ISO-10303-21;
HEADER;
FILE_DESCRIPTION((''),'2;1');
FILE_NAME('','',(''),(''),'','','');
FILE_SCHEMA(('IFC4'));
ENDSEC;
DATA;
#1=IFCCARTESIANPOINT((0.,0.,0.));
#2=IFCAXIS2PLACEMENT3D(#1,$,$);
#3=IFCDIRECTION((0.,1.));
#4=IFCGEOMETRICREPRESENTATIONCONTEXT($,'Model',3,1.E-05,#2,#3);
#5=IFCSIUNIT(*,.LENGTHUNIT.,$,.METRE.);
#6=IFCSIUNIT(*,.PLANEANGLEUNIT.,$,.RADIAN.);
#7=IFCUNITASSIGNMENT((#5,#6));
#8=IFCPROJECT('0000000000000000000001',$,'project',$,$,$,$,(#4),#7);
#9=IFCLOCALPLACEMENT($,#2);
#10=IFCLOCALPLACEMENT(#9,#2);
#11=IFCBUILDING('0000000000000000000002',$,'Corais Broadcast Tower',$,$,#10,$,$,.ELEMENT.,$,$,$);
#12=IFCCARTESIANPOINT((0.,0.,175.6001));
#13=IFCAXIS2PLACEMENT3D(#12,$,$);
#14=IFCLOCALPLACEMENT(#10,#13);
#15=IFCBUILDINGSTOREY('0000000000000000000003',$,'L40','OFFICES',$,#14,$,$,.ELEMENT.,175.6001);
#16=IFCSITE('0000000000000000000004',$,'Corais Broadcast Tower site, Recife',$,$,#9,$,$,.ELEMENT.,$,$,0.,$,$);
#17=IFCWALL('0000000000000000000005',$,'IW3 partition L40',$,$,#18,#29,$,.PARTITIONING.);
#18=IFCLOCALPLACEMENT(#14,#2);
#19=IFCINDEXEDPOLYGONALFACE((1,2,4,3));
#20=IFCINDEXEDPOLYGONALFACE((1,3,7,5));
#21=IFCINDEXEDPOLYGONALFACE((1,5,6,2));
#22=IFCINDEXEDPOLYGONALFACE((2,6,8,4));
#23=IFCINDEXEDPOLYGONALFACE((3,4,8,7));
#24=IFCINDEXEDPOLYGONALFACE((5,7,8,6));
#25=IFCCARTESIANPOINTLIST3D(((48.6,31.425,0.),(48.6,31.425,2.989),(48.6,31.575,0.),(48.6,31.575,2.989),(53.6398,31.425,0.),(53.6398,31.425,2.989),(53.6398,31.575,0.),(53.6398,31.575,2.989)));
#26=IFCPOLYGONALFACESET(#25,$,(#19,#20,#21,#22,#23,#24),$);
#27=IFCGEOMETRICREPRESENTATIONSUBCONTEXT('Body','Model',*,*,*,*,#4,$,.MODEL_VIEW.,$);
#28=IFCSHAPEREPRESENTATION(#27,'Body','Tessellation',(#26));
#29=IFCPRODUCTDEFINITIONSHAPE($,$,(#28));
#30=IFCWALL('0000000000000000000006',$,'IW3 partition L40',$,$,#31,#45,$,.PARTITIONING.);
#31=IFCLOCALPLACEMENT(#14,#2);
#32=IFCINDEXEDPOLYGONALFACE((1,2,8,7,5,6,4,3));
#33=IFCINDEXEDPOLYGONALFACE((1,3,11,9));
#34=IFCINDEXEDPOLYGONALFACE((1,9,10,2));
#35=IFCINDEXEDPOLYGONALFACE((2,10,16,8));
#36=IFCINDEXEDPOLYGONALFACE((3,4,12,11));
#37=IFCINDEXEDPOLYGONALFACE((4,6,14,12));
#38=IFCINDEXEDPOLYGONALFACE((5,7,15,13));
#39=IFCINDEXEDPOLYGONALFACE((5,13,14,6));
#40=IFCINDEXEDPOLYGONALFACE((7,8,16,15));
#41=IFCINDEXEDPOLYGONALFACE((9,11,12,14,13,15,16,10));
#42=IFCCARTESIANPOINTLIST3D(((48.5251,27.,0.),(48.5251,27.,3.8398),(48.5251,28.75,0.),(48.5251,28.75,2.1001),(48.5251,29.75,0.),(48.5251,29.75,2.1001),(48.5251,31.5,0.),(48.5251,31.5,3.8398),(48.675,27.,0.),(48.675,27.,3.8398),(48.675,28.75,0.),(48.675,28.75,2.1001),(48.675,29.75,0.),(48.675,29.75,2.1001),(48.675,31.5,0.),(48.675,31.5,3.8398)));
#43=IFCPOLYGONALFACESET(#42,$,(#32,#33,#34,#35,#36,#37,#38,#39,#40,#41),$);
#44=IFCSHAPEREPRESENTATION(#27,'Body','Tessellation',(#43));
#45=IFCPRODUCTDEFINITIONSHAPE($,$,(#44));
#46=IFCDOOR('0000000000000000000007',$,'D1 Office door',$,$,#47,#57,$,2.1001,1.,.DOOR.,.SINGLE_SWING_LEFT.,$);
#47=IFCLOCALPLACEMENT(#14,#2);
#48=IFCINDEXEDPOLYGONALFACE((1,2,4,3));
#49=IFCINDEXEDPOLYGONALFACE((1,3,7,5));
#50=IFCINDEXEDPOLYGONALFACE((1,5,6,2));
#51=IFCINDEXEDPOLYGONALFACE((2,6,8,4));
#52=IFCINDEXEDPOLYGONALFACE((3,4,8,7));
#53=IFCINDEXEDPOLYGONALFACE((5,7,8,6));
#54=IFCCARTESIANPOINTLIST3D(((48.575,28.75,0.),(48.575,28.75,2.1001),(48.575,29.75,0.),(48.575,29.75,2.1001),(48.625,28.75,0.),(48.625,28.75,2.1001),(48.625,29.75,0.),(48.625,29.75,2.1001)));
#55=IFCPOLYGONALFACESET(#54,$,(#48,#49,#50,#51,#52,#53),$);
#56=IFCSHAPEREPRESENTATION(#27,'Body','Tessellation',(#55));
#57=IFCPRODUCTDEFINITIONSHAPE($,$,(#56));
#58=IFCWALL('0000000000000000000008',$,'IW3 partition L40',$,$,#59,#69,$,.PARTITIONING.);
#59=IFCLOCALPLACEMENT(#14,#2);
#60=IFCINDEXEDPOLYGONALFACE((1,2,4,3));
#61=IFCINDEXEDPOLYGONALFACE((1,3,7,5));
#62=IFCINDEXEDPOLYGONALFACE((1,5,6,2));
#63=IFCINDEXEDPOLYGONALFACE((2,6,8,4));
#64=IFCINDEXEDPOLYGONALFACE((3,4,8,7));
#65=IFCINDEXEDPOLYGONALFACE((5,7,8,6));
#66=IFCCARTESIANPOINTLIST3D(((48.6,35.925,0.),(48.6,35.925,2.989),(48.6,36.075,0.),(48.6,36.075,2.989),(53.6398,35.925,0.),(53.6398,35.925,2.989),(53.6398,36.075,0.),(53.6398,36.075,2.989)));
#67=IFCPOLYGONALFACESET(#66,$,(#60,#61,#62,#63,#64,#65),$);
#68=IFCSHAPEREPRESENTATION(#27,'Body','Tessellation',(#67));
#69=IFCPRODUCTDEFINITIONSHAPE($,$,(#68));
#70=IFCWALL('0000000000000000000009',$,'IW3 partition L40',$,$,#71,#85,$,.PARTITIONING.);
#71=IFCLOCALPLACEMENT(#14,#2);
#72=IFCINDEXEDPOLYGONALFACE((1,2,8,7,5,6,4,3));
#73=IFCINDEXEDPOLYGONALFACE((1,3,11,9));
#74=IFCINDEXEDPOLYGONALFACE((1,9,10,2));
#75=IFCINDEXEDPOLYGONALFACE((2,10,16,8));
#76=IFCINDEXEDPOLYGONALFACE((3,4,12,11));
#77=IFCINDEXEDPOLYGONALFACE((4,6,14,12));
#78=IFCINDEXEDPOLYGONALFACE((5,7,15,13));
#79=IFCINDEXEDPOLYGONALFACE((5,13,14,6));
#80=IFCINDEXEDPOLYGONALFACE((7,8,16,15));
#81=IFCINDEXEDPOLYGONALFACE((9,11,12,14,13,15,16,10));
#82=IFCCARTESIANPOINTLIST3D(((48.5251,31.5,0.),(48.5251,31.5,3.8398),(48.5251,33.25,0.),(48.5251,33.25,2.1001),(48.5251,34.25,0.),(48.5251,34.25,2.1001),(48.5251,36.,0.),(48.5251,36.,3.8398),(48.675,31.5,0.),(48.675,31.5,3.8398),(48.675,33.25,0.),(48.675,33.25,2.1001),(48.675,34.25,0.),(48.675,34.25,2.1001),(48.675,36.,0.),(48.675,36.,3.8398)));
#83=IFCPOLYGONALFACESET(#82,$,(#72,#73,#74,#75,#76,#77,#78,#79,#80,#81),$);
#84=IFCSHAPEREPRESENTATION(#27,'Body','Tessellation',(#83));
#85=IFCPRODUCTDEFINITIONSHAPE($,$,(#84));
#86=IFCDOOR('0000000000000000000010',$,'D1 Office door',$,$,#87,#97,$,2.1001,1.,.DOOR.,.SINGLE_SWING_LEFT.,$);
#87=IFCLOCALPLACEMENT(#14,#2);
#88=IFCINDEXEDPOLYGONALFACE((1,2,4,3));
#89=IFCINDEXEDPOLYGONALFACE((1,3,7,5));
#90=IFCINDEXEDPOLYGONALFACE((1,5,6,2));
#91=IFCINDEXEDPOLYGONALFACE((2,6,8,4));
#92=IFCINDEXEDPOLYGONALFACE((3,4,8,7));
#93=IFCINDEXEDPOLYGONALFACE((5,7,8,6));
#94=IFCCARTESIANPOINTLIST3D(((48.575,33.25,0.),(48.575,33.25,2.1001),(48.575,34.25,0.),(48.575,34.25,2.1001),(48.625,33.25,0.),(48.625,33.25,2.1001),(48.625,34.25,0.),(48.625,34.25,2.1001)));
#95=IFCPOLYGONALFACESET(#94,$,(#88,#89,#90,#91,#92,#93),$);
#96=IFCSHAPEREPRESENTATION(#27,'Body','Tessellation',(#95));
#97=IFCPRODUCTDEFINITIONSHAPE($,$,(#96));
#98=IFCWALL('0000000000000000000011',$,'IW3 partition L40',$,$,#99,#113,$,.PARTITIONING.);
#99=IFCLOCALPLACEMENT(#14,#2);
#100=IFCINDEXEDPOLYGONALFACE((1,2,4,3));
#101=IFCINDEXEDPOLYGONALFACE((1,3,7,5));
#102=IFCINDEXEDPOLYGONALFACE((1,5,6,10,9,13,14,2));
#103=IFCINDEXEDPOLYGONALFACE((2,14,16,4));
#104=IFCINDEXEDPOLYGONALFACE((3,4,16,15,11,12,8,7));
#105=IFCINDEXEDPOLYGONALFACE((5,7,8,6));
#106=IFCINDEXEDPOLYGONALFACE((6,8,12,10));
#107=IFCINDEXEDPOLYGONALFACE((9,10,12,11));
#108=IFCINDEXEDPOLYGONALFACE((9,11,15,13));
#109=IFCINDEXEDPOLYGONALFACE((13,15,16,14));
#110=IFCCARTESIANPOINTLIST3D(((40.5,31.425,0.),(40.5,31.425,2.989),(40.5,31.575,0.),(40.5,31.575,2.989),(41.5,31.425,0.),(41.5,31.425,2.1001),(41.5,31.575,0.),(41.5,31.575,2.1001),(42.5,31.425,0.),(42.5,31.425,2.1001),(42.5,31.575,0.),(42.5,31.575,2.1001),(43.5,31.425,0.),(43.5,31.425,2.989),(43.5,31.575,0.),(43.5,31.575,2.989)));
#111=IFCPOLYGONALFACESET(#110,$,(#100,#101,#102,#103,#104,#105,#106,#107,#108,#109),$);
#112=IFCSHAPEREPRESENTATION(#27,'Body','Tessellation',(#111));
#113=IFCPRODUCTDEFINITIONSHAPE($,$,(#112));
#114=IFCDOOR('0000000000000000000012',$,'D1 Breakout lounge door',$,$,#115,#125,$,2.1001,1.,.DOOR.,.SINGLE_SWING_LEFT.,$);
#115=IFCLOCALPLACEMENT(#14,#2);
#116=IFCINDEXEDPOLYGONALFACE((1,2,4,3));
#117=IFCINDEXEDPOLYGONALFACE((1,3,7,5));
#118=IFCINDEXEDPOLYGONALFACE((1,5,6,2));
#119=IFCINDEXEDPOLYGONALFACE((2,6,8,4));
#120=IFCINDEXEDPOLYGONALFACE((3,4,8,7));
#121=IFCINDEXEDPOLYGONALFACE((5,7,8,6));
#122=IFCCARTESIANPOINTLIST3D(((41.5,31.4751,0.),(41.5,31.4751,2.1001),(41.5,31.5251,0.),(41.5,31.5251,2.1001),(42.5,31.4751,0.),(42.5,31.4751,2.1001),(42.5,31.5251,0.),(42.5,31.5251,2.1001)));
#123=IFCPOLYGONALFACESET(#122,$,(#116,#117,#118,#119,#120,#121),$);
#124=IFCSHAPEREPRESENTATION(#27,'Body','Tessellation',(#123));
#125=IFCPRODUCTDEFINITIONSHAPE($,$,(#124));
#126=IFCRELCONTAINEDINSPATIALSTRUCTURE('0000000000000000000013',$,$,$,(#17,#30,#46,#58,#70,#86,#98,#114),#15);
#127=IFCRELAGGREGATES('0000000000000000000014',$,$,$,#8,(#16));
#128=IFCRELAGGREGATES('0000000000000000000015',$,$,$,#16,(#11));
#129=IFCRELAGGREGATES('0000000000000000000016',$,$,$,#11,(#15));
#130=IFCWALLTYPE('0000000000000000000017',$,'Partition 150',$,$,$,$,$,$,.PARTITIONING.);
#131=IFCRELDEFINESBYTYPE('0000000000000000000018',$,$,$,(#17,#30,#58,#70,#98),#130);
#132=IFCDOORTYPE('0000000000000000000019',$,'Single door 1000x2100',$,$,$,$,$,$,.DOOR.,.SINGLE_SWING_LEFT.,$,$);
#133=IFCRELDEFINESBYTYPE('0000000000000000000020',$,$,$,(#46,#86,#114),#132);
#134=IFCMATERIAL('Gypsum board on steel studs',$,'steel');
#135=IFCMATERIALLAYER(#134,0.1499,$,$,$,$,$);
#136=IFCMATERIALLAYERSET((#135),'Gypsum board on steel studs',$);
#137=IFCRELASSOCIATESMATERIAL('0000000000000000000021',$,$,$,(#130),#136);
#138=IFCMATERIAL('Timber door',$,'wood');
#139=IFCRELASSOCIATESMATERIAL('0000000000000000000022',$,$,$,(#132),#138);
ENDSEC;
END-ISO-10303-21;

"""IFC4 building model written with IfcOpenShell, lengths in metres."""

from ifc_helpers import new_model, si_unit, direction, frame, frame_2d, origin, place, context, subcontext, project, spatial, rectangle, extrude, material, layer, layer_set, type_object, element, fill, save


model = new_model("IFC4")

# Units and contexts
model_context = context("Model", 3, precision=1e-05, world=origin(), true_north=direction((0.0, 1.0)))
body_context = subcontext(model_context, "Body", "Model", "MODEL_VIEW")
ifc_project = project(units=[si_unit("LENGTHUNIT", "METRE"), si_unit("PLANEANGLEUNIT", "RADIAN")], contexts=[model_context])

# Site, building, storey
site_placement = place(None, origin())
site = spatial("IfcSite", under=ifc_project, at=site_placement, Name="Corais Broadcast Tower site, Recife", CompositionType="ELEMENT", RefElevation=0.0)
building_placement = place(site_placement, origin())
building = spatial("IfcBuilding", under=site, at=building_placement, Name="Corais Broadcast Tower", CompositionType="ELEMENT")
storey_placement = place(building_placement, frame((0.0, 0.0, 175.6001)))
storey = spatial("IfcBuildingStorey", under=building, at=storey_placement, Name="L40", Description="OFFICES", CompositionType="ELEMENT", Elevation=175.6001)

# Shared definitions
ifc_material_1 = material(Name="Gypsum board on steel studs", Category="steel")
ifc_layer_1 = layer(ifc_material_1, 0.1499)
ifc_layer_set_1 = layer_set([ifc_layer_1], Name="Gypsum board on steel studs")
wall_type = type_object("IfcWallType", Name="Partition 150", PredefinedType="PARTITIONING", material=ifc_layer_set_1)

# Shared definitions
ifc_material_2 = material(Name="Timber door", Category="wood")
door_type = type_object("IfcDoorType", Name="Single door 1000x2100", OperationType="SINGLE_SWING_LEFT", PredefinedType="DOOR", material=ifc_material_2)

# Wall
wall_1_placement = place(storey_placement, frame((53.6399, 31.5, 0.0), z_axis=(0.0, 0.0, 1.0), x_axis=(-1.0, 0.0, 0.0)))
element("IfcWall", 1, at=wall_1_placement, inside=storey, type_object=wall_type, Name="IW3 partition L40", PredefinedType="PARTITIONING", context=body_context, shape_type="SweptSolid", body=[
    extrude(rectangle(XDim=5.0398, YDim=0.1499, at=frame_2d((2.52, 0.0))), origin(), (0.0, 0.0, 1.0), 2.989),
])

# Wall, opening, door
wall_2_placement = place(storey_placement, frame((48.6001, 31.5, 0.0), z_axis=(0.0, 0.0, 1.0), x_axis=(0.0, -1.0, 0.0)))
wall_2 = element("IfcWall", 2, at=wall_2_placement, inside=storey, type_object=wall_type, Name="IW3 partition L40", PredefinedType="PARTITIONING", context=body_context, shape_type="SweptSolid", body=[
    extrude(rectangle(XDim=4.5, YDim=0.1499, at=frame_2d((2.25, 0.0))), origin(), (0.0, 0.0, 1.0), 3.8398),
])
opening_1_placement = place(wall_2_placement, frame((1.75, 0.0, 0.0)))
opening_1 = element("IfcOpeningElement", 3, at=opening_1_placement, cuts=wall_2, PredefinedType="OPENING", context=body_context, shape_type="SweptSolid", body=[
    extrude(rectangle(XDim=1.0, YDim=2.1001, at=frame_2d((0.5, 1.05))), frame((0.0, 0.085, 0.0), z_axis=(0.0, -1.0, 0.0), x_axis=(1.0, 0.0, 0.0)), (0.0, 0.0, 1.0), 0.1699),
])
door_1_placement = place(opening_1_placement, origin())
door_1 = element("IfcDoor", 4, at=door_1_placement, inside=storey, type_object=door_type, Name="D1 Office door", OperationType="SINGLE_SWING_LEFT", OverallHeight=2.1001, OverallWidth=1.0, PredefinedType="DOOR", context=body_context, shape_type="SweptSolid", body=[
    extrude(rectangle(XDim=1.0, YDim=2.1001, at=frame_2d((0.5, 1.05))), frame((0.0, 0.0249, 0.0), z_axis=(0.0, -1.0, 0.0), x_axis=(1.0, 0.0, 0.0)), (0.0, 0.0, 1.0), 0.05),
])
fill(opening_1, door_1)

# Wall
wall_3_placement = place(storey_placement, frame((53.6399, 36.0, 0.0), z_axis=(0.0, 0.0, 1.0), x_axis=(-1.0, 0.0, 0.0)))
element("IfcWall", 5, at=wall_3_placement, inside=storey, type_object=wall_type, Name="IW3 partition L40", PredefinedType="PARTITIONING", context=body_context, shape_type="SweptSolid", body=[
    extrude(rectangle(XDim=5.0398, YDim=0.1499, at=frame_2d((2.52, 0.0))), origin(), (0.0, 0.0, 1.0), 2.989),
])

# Walls, openings, doors
wall_4_placement = place(storey_placement, frame((48.6001, 36.0, 0.0), z_axis=(0.0, 0.0, 1.0), x_axis=(0.0, -1.0, 0.0)))
wall_4 = element("IfcWall", 6, at=wall_4_placement, inside=storey, type_object=wall_type, Name="IW3 partition L40", PredefinedType="PARTITIONING", context=body_context, shape_type="SweptSolid", body=[
    extrude(rectangle(XDim=4.5, YDim=0.1499, at=frame_2d((2.25, 0.0))), origin(), (0.0, 0.0, 1.0), 3.8398),
])
opening_2_placement = place(wall_4_placement, frame((1.75, 0.0, 0.0)))
opening_2 = element("IfcOpeningElement", 7, at=opening_2_placement, cuts=wall_4, PredefinedType="OPENING", context=body_context, shape_type="SweptSolid", body=[
    extrude(rectangle(XDim=1.0, YDim=2.1001, at=frame_2d((0.5, 1.05))), frame((0.0, 0.085, 0.0), z_axis=(0.0, -1.0, 0.0), x_axis=(1.0, 0.0, 0.0)), (0.0, 0.0, 1.0), 0.1699),
])
door_2_placement = place(opening_2_placement, origin())
door_2 = element("IfcDoor", 8, at=door_2_placement, inside=storey, type_object=door_type, Name="D1 Office door", OperationType="SINGLE_SWING_LEFT", OverallHeight=2.1001, OverallWidth=1.0, PredefinedType="DOOR", context=body_context, shape_type="SweptSolid", body=[
    extrude(rectangle(XDim=1.0, YDim=2.1001, at=frame_2d((0.5, 1.05))), frame((0.0, 0.0249, 0.0), z_axis=(0.0, -1.0, 0.0), x_axis=(1.0, 0.0, 0.0)), (0.0, 0.0, 1.0), 0.05),
])
fill(opening_2, door_2)
wall_5_placement = place(storey_placement, frame((43.5, 31.5, 0.0), z_axis=(0.0, 0.0, 1.0), x_axis=(-1.0, 0.0, 0.0)))
wall_5 = element("IfcWall", 9, at=wall_5_placement, inside=storey, type_object=wall_type, Name="IW3 partition L40", PredefinedType="PARTITIONING", context=body_context, shape_type="SweptSolid", body=[
    extrude(rectangle(XDim=3.0, YDim=0.1499, at=frame_2d((1.5, 0.0))), origin(), (0.0, 0.0, 1.0), 2.989),
])
opening_3_placement = place(wall_5_placement, frame((1.0, 0.0, 0.0)))
opening_3 = element("IfcOpeningElement", 10, at=opening_3_placement, cuts=wall_5, PredefinedType="OPENING", context=body_context, shape_type="SweptSolid", body=[
    extrude(rectangle(XDim=1.0, YDim=2.1001, at=frame_2d((0.5, 1.05))), frame((0.0, 0.085, 0.0), z_axis=(0.0, -1.0, 0.0), x_axis=(1.0, 0.0, 0.0)), (0.0, 0.0, 1.0), 0.1699),
])
door_3_placement = place(opening_3_placement, origin())
door_3 = element("IfcDoor", 11, at=door_3_placement, inside=storey, type_object=door_type, Name="D1 Breakout lounge door", OperationType="SINGLE_SWING_LEFT", OverallHeight=2.1001, OverallWidth=1.0, PredefinedType="DOOR", context=body_context, shape_type="SweptSolid", body=[
    extrude(rectangle(XDim=1.0, YDim=2.1001, at=frame_2d((0.5, 1.05))), frame((0.0, 0.0249, 0.0), z_axis=(0.0, -1.0, 0.0), x_axis=(1.0, 0.0, 0.0)), (0.0, 0.0, 1.0), 0.05),
])
fill(opening_3, door_3)

save(model, "model.ifc")
